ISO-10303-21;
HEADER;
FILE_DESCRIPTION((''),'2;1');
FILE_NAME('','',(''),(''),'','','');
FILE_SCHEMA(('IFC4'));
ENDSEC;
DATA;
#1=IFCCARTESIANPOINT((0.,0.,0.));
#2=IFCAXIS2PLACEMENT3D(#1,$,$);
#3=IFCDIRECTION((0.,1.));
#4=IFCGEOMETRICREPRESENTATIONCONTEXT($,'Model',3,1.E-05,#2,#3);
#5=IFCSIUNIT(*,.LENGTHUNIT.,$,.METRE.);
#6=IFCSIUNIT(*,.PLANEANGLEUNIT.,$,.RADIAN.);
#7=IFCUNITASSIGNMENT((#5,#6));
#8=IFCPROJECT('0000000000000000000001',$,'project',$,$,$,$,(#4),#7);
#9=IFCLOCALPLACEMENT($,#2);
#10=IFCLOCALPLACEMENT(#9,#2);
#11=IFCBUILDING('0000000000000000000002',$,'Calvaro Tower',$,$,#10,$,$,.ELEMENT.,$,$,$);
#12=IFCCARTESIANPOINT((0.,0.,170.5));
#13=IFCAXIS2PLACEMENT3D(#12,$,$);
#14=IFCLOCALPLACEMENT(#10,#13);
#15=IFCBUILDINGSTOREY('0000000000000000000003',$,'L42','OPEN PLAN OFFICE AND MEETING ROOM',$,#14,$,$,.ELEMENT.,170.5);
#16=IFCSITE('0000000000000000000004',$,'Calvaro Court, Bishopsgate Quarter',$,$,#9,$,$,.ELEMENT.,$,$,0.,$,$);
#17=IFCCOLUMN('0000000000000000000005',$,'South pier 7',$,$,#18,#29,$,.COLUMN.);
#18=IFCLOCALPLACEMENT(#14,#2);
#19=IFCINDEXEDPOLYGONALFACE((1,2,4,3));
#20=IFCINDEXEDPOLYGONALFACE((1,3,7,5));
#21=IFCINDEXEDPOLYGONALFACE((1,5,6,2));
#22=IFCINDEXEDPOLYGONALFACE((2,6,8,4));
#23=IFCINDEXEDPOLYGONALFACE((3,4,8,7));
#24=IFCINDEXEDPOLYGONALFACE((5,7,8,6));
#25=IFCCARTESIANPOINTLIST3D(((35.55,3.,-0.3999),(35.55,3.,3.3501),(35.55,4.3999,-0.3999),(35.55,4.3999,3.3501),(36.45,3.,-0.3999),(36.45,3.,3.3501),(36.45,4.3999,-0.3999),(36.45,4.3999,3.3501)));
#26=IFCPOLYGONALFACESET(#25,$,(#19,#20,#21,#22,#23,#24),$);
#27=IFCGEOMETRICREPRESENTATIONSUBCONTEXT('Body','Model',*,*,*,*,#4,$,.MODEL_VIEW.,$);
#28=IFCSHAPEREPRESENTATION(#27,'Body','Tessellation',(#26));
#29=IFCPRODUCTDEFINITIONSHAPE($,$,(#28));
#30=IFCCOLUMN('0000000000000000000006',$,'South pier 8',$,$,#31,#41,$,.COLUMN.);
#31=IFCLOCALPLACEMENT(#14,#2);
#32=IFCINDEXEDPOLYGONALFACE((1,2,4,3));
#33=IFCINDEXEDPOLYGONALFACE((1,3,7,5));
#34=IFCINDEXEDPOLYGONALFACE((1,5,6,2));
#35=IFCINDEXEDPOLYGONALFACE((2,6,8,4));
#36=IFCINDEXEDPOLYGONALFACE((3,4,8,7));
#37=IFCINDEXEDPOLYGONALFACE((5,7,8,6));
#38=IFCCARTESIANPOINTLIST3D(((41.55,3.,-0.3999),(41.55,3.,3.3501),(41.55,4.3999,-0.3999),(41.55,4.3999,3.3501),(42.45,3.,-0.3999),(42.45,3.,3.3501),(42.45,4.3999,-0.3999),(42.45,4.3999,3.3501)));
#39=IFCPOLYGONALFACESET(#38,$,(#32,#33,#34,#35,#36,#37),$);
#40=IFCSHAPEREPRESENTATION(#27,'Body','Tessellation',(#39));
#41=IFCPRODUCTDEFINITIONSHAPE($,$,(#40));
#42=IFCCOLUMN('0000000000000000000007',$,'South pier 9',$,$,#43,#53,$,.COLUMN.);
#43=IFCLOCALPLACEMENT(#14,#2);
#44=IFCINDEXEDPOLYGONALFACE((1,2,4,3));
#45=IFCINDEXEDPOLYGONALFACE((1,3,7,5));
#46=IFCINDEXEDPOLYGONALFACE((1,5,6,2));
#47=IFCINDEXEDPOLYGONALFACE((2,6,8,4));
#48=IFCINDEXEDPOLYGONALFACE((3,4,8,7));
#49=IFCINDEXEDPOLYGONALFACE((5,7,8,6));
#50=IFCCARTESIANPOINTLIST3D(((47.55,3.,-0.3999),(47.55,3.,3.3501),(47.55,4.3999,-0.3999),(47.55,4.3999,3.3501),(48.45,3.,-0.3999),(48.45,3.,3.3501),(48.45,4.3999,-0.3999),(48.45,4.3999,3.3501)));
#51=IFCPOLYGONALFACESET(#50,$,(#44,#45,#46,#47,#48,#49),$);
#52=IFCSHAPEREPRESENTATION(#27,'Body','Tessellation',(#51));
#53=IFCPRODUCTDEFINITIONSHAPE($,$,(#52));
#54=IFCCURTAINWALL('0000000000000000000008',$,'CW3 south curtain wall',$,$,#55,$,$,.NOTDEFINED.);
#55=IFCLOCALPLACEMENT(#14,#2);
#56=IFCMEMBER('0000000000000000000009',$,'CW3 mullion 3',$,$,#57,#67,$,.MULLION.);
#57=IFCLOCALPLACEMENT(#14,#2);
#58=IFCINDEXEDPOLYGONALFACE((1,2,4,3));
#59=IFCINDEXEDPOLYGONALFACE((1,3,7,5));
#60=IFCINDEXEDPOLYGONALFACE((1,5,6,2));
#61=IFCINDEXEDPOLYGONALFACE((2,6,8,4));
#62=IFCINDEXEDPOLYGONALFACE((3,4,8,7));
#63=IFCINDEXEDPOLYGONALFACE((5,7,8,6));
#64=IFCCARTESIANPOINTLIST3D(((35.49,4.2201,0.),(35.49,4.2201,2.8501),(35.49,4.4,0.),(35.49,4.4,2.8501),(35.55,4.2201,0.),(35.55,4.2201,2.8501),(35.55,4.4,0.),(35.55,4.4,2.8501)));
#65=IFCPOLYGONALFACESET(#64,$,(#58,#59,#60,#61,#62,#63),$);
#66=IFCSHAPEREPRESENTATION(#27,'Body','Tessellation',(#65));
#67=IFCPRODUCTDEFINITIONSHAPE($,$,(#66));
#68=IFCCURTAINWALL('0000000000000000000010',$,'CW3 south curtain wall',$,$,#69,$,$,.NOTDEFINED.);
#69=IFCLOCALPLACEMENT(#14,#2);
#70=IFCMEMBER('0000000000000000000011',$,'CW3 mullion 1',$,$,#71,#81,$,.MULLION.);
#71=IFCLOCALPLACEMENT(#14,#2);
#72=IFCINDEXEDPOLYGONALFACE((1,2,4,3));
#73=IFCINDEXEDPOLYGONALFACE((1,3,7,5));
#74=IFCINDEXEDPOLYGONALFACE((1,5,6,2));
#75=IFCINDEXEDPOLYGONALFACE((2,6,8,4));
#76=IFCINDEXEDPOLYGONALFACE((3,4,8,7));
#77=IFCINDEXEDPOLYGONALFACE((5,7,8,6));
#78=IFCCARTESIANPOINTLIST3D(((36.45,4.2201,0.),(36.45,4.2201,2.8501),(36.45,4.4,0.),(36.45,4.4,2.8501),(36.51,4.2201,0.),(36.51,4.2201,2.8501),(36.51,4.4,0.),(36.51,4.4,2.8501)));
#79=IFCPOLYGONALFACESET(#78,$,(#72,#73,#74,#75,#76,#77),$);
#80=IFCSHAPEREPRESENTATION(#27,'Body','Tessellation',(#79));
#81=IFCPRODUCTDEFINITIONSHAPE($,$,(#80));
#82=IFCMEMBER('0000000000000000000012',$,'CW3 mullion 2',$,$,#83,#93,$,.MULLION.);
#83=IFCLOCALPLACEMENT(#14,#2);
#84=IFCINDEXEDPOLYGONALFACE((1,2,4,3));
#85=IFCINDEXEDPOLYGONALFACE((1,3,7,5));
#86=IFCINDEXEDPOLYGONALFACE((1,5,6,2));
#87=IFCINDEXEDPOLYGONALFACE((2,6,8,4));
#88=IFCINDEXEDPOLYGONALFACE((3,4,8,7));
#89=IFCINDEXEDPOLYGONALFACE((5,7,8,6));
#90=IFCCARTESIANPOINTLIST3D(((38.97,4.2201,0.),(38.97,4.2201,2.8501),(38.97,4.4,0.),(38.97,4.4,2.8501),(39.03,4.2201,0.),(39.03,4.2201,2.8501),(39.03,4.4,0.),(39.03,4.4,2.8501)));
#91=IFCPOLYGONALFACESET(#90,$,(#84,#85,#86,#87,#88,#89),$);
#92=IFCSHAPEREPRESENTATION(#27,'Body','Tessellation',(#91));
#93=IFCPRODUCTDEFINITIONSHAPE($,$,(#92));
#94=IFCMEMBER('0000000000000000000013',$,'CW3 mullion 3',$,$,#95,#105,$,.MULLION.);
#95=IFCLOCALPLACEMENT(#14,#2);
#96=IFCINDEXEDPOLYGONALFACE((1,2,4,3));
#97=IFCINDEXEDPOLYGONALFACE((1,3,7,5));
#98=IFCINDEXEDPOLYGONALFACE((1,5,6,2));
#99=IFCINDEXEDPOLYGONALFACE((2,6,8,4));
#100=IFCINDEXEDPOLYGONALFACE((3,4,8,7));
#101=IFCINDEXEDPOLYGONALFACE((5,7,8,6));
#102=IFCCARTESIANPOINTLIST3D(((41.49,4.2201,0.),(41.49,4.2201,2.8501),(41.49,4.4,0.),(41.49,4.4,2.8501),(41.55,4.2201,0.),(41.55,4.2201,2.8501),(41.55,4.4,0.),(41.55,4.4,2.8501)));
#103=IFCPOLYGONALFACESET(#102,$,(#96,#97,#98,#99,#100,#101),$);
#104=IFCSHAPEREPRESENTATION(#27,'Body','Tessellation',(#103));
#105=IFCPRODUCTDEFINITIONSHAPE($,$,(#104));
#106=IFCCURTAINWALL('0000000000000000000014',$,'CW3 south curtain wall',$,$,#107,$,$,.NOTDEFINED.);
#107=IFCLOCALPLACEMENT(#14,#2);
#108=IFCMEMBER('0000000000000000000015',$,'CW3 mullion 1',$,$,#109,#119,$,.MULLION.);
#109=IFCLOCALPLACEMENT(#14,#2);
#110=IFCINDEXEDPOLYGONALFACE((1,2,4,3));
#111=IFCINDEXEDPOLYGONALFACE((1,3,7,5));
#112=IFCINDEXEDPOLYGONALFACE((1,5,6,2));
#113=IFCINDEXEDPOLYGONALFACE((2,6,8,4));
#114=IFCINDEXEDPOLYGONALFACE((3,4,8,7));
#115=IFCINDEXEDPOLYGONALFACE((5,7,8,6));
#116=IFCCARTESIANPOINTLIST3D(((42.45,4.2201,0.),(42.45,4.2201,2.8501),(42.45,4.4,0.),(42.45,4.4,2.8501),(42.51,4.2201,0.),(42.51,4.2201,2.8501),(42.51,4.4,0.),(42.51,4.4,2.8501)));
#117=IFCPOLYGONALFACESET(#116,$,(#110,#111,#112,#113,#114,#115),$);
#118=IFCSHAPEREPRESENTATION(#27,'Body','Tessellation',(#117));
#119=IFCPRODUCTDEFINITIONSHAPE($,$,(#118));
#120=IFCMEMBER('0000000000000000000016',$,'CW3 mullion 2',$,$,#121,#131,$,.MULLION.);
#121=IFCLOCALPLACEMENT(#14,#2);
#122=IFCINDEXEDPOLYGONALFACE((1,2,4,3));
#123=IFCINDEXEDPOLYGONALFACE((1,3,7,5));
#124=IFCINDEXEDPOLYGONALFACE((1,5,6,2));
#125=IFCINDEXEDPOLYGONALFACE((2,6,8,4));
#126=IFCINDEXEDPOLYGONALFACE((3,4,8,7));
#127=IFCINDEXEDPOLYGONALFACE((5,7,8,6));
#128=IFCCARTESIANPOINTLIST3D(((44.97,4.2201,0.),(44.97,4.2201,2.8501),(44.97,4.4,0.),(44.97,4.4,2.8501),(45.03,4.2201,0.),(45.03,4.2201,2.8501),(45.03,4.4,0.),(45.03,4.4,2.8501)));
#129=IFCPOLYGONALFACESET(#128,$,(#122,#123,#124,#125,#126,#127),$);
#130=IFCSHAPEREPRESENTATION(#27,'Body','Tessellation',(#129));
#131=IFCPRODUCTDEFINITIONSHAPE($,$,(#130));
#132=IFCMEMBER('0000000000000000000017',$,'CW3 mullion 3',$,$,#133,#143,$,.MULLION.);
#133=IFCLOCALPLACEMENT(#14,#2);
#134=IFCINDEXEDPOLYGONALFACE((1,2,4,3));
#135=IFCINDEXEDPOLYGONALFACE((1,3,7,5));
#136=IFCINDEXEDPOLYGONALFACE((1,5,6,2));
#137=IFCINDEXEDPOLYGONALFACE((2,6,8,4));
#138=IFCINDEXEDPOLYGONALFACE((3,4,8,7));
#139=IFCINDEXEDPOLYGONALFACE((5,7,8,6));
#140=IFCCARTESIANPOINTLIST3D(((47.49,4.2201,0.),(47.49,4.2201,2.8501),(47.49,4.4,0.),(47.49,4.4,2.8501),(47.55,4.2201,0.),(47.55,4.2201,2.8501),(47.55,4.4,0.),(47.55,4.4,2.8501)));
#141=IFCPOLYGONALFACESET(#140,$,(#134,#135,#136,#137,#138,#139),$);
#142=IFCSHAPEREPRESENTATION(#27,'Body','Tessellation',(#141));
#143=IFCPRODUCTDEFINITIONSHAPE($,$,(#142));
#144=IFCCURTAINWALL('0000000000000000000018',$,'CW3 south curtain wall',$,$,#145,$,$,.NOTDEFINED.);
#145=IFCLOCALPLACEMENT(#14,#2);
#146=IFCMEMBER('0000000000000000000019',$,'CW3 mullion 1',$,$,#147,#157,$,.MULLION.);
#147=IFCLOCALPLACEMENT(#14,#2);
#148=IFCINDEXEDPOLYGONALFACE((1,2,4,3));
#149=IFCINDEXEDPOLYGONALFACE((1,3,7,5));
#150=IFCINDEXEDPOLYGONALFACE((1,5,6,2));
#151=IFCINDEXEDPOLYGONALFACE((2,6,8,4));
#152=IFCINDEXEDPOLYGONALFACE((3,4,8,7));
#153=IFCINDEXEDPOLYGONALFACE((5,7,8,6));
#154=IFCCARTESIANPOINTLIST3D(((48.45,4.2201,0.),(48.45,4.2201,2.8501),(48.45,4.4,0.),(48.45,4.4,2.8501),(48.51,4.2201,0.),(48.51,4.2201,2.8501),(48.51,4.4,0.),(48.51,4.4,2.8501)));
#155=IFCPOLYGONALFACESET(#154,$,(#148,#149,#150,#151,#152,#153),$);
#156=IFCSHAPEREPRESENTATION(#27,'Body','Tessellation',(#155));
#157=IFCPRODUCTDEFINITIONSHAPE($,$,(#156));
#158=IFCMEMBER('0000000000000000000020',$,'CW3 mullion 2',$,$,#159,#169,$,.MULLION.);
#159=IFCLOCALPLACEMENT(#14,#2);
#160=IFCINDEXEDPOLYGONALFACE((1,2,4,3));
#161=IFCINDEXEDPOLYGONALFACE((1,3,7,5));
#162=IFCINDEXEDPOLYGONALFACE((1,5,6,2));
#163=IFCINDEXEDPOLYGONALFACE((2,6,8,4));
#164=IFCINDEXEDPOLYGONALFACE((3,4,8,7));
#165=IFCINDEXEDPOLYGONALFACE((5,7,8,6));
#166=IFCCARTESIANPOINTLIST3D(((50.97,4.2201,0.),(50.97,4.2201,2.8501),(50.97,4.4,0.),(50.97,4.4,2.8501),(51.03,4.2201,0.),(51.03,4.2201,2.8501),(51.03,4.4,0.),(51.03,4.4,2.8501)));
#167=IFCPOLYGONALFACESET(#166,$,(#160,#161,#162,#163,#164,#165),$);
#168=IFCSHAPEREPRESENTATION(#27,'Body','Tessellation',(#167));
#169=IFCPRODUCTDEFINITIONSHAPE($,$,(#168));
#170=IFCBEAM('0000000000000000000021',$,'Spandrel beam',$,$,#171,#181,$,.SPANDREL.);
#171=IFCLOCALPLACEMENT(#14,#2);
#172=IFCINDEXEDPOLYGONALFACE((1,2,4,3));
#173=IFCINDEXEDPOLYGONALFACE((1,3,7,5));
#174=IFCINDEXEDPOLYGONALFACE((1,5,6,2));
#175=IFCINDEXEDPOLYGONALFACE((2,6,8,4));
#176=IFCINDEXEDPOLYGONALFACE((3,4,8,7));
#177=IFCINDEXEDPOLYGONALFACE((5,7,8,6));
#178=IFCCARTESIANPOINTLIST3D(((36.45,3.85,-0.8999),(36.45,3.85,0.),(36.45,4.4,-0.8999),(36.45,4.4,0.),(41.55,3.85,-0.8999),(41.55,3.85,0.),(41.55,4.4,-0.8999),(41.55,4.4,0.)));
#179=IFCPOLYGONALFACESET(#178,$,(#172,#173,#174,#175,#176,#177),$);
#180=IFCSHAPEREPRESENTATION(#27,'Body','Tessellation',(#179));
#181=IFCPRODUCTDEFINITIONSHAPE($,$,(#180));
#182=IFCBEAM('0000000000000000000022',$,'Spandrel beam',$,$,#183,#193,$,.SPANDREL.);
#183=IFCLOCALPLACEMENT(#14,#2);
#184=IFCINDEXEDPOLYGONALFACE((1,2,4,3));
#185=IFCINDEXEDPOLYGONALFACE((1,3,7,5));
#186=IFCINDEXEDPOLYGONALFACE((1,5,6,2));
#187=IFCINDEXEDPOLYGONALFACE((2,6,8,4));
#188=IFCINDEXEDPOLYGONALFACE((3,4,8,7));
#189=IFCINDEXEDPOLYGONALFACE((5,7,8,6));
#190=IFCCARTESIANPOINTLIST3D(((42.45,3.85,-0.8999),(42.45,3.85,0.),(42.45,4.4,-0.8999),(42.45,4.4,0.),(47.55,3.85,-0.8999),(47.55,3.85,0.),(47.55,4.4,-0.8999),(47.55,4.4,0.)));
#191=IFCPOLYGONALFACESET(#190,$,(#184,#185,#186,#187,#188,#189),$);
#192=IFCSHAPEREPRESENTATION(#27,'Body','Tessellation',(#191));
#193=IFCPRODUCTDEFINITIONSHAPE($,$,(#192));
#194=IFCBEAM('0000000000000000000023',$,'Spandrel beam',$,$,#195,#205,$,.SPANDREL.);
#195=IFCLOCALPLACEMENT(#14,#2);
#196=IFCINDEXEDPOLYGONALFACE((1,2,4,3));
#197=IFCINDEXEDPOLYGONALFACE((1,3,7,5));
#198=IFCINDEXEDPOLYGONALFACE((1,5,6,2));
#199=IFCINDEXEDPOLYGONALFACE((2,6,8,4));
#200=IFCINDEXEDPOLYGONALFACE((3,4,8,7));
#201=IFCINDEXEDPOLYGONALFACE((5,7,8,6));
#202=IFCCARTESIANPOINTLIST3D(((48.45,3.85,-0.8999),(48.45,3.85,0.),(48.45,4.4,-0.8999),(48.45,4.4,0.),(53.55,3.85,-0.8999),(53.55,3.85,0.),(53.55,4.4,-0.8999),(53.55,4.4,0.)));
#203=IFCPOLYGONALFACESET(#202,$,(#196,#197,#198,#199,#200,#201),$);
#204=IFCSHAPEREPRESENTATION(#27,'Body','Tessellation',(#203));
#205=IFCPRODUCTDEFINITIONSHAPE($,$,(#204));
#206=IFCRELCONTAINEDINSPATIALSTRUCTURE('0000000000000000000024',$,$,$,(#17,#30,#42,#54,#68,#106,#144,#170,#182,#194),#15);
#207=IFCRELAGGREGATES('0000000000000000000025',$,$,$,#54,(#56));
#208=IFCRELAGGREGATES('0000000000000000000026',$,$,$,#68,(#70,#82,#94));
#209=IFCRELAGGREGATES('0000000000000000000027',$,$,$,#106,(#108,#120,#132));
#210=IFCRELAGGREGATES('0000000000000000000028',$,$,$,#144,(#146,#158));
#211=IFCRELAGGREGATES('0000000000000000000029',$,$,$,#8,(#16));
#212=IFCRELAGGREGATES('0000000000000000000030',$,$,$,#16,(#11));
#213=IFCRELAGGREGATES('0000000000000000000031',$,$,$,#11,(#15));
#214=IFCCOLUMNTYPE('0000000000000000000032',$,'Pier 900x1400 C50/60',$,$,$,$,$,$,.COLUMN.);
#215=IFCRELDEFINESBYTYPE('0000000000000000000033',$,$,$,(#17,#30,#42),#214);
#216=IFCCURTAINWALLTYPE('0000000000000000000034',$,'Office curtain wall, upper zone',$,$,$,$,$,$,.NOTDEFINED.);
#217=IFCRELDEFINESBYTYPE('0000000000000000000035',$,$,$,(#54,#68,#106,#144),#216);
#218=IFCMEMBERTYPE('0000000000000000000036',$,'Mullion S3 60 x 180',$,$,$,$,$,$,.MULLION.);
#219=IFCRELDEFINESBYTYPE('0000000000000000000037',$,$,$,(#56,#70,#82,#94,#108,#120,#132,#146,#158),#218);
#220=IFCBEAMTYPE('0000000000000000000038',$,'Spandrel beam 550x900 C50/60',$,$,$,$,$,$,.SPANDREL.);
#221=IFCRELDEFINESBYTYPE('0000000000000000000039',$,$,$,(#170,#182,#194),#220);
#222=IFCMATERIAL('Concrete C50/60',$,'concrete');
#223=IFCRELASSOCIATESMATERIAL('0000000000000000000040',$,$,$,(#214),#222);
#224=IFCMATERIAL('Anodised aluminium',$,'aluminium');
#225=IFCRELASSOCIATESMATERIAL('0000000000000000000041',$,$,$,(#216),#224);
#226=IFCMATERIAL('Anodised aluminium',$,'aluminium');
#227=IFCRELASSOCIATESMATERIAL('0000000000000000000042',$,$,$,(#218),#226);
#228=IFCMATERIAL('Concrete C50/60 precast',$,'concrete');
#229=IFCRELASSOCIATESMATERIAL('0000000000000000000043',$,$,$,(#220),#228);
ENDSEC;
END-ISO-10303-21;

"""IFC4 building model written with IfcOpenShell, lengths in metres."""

from ifc_helpers import new_model, si_unit, direction, frame, origin, origin_2d, place, context, subcontext, project, spatial, rectangle, extrude, material, material_profile, profile_set, type_object, element, aggregate, save


model = new_model("IFC4")

# Units and contexts
model_context = context("Model", 3, precision=1e-05, world=origin(), true_north=direction((0.0, 1.0)))
body_context = subcontext(model_context, "Body", "Model", "MODEL_VIEW")
ifc_project = project(units=[si_unit("LENGTHUNIT", "METRE"), si_unit("PLANEANGLEUNIT", "RADIAN")], contexts=[model_context])

# Site, building, storey
site_placement = place(None, origin())
site = spatial("IfcSite", under=ifc_project, at=site_placement, Name="Calvaro Court, Bishopsgate Quarter", CompositionType="ELEMENT", RefElevation=0.0)
building_placement = place(site_placement, origin())
building = spatial("IfcBuilding", under=site, at=building_placement, Name="Calvaro Tower", CompositionType="ELEMENT")
storey_placement = place(building_placement, frame((0.0, 0.0, 170.5)))
storey = spatial("IfcBuildingStorey", under=building, at=storey_placement, Name="L42", Description="OPEN PLAN OFFICE AND MEETING ROOM", CompositionType="ELEMENT", Elevation=170.5)

# Columns
ifc_material_1 = material(Name="Concrete C50/60", Category="concrete")
ifc_material_profile_1 = material_profile(ifc_material_1, rectangle(XDim=0.8999, YDim=1.3999, at=origin_2d()), Name="RC 900x1400")
ifc_profile_set_1 = profile_set([ifc_material_profile_1], Name="Concrete C50/60")
column_type = type_object("IfcColumnType", Name="Pier 900x1400 C50/60", PredefinedType="COLUMN", material=ifc_profile_set_1)
for number, where, z_axis, x_axis, name in (
    (1, (36.0, 3.7, -0.3999), (0.0, 0.0, 1.0), (1.0, 0.0, 0.0), "South pier 7"),
    (2, (42.0, 3.7, -0.3999), (0.0, 0.0, 1.0), (1.0, 0.0, 0.0), "South pier 8"),
    (3, (48.0, 3.7, -0.3999), (0.0, 0.0, 1.0), (1.0, 0.0, 0.0), "South pier 9"),
):
    element("IfcColumn", number, at=place(storey_placement, frame(where, z_axis=z_axis, x_axis=x_axis)), inside=storey, type_object=column_type, Name=name, PredefinedType="COLUMN", context=body_context, shape_type="SweptSolid", body=[
        extrude(rectangle(XDim=0.8999, YDim=1.3999, at=origin_2d()), origin(), (0.0, 0.0, 1.0), 3.75),
    ])

# Curtain wall, member
ifc_material_2 = material(Name="Anodised aluminium", Category="aluminium")
curtain_wall_type = type_object("IfcCurtainWallType", Name="Office curtain wall, upper zone", PredefinedType="NOTDEFINED", material=ifc_material_2)
curtain_wall_1_placement = place(storey_placement, origin())
curtain_wall_1 = element("IfcCurtainWall", 4, at=curtain_wall_1_placement, inside=storey, type_object=curtain_wall_type, Name="CW3 south curtain wall", PredefinedType="NOTDEFINED")
ifc_material_3 = material(Name="Anodised aluminium", Category="aluminium")
ifc_material_profile_2 = material_profile(ifc_material_3, rectangle(XDim=0.1799, YDim=0.0601, at=origin_2d()), Name="Mullion S3 60 x 180")
ifc_profile_set_2 = profile_set([ifc_material_profile_2], Name="Anodised aluminium")
member_type_1 = type_object("IfcMemberType", Name="Mullion S3 60 x 180", PredefinedType="MULLION", material=ifc_profile_set_2)
member_1_placement = place(storey_placement, frame((35.52, 4.3101, 0.0), z_axis=(0.0, 0.0, 1.0), x_axis=(0.0, 1.0, 0.0)))
member_1 = element("IfcMember", 5, at=member_1_placement, type_object=member_type_1, Name="CW3 mullion 3", PredefinedType="MULLION", context=body_context, shape_type="SweptSolid", body=[
    extrude(rectangle(XDim=0.1799, YDim=0.0601, at=origin_2d()), origin(), (0.0, 0.0, 1.0), 2.8501),
])
aggregate(curtain_wall_1, [member_1])

# Curtain walls, members
curtain_wall_2_placement = place(storey_placement, origin())
curtain_wall_2 = element("IfcCurtainWall", 6, at=curtain_wall_2_placement, inside=storey, type_object=curtain_wall_type, Name="CW3 south curtain wall", PredefinedType="NOTDEFINED")
member_2_placement = place(storey_placement, frame((36.48, 4.3101, 0.0), z_axis=(0.0, 0.0, 1.0), x_axis=(0.0, 1.0, 0.0)))
member_2 = element("IfcMember", 7, at=member_2_placement, type_object=member_type_1, Name="CW3 mullion 1", PredefinedType="MULLION", context=body_context, shape_type="SweptSolid", body=[
    extrude(rectangle(XDim=0.1799, YDim=0.0601, at=origin_2d()), origin(), (0.0, 0.0, 1.0), 2.8501),
])
member_3_placement = place(storey_placement, frame((39.0, 4.3101, 0.0), z_axis=(0.0, 0.0, 1.0), x_axis=(0.0, 1.0, 0.0)))
member_3 = element("IfcMember", 8, at=member_3_placement, type_object=member_type_1, Name="CW3 mullion 2", PredefinedType="MULLION", context=body_context, shape_type="SweptSolid", body=[
    extrude(rectangle(XDim=0.1799, YDim=0.0601, at=origin_2d()), origin(), (0.0, 0.0, 1.0), 2.8501),
])
member_4_placement = place(storey_placement, frame((41.52, 4.3101, 0.0), z_axis=(0.0, 0.0, 1.0), x_axis=(0.0, 1.0, 0.0)))
member_4 = element("IfcMember", 9, at=member_4_placement, type_object=member_type_1, Name="CW3 mullion 3", PredefinedType="MULLION", context=body_context, shape_type="SweptSolid", body=[
    extrude(rectangle(XDim=0.1799, YDim=0.0601, at=origin_2d()), origin(), (0.0, 0.0, 1.0), 2.8501),
])
curtain_wall_3_placement = place(storey_placement, origin())
curtain_wall_3 = element("IfcCurtainWall", 10, at=curtain_wall_3_placement, inside=storey, type_object=curtain_wall_type, Name="CW3 south curtain wall", PredefinedType="NOTDEFINED")
member_5_placement = place(storey_placement, frame((42.48, 4.3101, 0.0), z_axis=(0.0, 0.0, 1.0), x_axis=(0.0, 1.0, 0.0)))
member_5 = element("IfcMember", 11, at=member_5_placement, type_object=member_type_1, Name="CW3 mullion 1", PredefinedType="MULLION", context=body_context, shape_type="SweptSolid", body=[
    extrude(rectangle(XDim=0.1799, YDim=0.0601, at=origin_2d()), origin(), (0.0, 0.0, 1.0), 2.8501),
])
member_6_placement = place(storey_placement, frame((45.0, 4.3101, 0.0), z_axis=(0.0, 0.0, 1.0), x_axis=(0.0, 1.0, 0.0)))
member_6 = element("IfcMember", 12, at=member_6_placement, type_object=member_type_1, Name="CW3 mullion 2", PredefinedType="MULLION", context=body_context, shape_type="SweptSolid", body=[
    extrude(rectangle(XDim=0.1799, YDim=0.0601, at=origin_2d()), origin(), (0.0, 0.0, 1.0), 2.8501),
])
member_7_placement = place(storey_placement, frame((47.52, 4.3101, 0.0), z_axis=(0.0, 0.0, 1.0), x_axis=(0.0, 1.0, 0.0)))
member_7 = element("IfcMember", 13, at=member_7_placement, type_object=member_type_1, Name="CW3 mullion 3", PredefinedType="MULLION", context=body_context, shape_type="SweptSolid", body=[
    extrude(rectangle(XDim=0.1799, YDim=0.0601, at=origin_2d()), origin(), (0.0, 0.0, 1.0), 2.8501),
])
curtain_wall_4_placement = place(storey_placement, origin())
curtain_wall_4 = element("IfcCurtainWall", 14, at=curtain_wall_4_placement, inside=storey, type_object=curtain_wall_type, Name="CW3 south curtain wall", PredefinedType="NOTDEFINED")
member_8_placement = place(storey_placement, frame((48.48, 4.3101, 0.0), z_axis=(0.0, 0.0, 1.0), x_axis=(0.0, 1.0, 0.0)))
member_8 = element("IfcMember", 15, at=member_8_placement, type_object=member_type_1, Name="CW3 mullion 1", PredefinedType="MULLION", context=body_context, shape_type="SweptSolid", body=[
    extrude(rectangle(XDim=0.1799, YDim=0.0601, at=origin_2d()), origin(), (0.0, 0.0, 1.0), 2.8501),
])
member_9_placement = place(storey_placement, frame((51.0, 4.3101, 0.0), z_axis=(0.0, 0.0, 1.0), x_axis=(0.0, 1.0, 0.0)))
member_9 = element("IfcMember", 16, at=member_9_placement, type_object=member_type_1, Name="CW3 mullion 2", PredefinedType="MULLION", context=body_context, shape_type="SweptSolid", body=[
    extrude(rectangle(XDim=0.1799, YDim=0.0601, at=origin_2d()), origin(), (0.0, 0.0, 1.0), 2.8501),
])

# Beams
ifc_material_4 = material(Name="Concrete C50/60 precast", Category="concrete")
ifc_material_profile_3 = material_profile(ifc_material_4, rectangle(XDim=0.55, YDim=0.8999, at=origin_2d()), Name="RC 550x900")
ifc_profile_set_3 = profile_set([ifc_material_profile_3], Name="Concrete C50/60 precast")
beam_type = type_object("IfcBeamType", Name="Spandrel beam 550x900 C50/60", PredefinedType="SPANDREL", material=ifc_profile_set_3)
for number, where, z_axis, x_axis, name in (
    (17, (36.45, 4.125, -0.45), (1.0, 0.0, 0.0), (0.0, 1.0, 0.0), "Spandrel beam"),
    (18, (42.45, 4.125, -0.45), (1.0, 0.0, 0.0), (0.0, 1.0, 0.0), "Spandrel beam"),
    (19, (48.45, 4.125, -0.45), (1.0, 0.0, 0.0), (0.0, 1.0, 0.0), "Spandrel beam"),
):
    element("IfcBeam", number, at=place(storey_placement, frame(where, z_axis=z_axis, x_axis=x_axis)), inside=storey, type_object=beam_type, Name=name, PredefinedType="SPANDREL", context=body_context, shape_type="SweptSolid", body=[
        extrude(rectangle(XDim=0.55, YDim=0.8999, at=origin_2d()), origin(), (0.0, 0.0, 1.0), 5.1001),
    ])

aggregate(curtain_wall_2, [member_2, member_3, member_4])
aggregate(curtain_wall_3, [member_5, member_6, member_7])
aggregate(curtain_wall_4, [member_8, member_9])

save(model, "model.ifc")
